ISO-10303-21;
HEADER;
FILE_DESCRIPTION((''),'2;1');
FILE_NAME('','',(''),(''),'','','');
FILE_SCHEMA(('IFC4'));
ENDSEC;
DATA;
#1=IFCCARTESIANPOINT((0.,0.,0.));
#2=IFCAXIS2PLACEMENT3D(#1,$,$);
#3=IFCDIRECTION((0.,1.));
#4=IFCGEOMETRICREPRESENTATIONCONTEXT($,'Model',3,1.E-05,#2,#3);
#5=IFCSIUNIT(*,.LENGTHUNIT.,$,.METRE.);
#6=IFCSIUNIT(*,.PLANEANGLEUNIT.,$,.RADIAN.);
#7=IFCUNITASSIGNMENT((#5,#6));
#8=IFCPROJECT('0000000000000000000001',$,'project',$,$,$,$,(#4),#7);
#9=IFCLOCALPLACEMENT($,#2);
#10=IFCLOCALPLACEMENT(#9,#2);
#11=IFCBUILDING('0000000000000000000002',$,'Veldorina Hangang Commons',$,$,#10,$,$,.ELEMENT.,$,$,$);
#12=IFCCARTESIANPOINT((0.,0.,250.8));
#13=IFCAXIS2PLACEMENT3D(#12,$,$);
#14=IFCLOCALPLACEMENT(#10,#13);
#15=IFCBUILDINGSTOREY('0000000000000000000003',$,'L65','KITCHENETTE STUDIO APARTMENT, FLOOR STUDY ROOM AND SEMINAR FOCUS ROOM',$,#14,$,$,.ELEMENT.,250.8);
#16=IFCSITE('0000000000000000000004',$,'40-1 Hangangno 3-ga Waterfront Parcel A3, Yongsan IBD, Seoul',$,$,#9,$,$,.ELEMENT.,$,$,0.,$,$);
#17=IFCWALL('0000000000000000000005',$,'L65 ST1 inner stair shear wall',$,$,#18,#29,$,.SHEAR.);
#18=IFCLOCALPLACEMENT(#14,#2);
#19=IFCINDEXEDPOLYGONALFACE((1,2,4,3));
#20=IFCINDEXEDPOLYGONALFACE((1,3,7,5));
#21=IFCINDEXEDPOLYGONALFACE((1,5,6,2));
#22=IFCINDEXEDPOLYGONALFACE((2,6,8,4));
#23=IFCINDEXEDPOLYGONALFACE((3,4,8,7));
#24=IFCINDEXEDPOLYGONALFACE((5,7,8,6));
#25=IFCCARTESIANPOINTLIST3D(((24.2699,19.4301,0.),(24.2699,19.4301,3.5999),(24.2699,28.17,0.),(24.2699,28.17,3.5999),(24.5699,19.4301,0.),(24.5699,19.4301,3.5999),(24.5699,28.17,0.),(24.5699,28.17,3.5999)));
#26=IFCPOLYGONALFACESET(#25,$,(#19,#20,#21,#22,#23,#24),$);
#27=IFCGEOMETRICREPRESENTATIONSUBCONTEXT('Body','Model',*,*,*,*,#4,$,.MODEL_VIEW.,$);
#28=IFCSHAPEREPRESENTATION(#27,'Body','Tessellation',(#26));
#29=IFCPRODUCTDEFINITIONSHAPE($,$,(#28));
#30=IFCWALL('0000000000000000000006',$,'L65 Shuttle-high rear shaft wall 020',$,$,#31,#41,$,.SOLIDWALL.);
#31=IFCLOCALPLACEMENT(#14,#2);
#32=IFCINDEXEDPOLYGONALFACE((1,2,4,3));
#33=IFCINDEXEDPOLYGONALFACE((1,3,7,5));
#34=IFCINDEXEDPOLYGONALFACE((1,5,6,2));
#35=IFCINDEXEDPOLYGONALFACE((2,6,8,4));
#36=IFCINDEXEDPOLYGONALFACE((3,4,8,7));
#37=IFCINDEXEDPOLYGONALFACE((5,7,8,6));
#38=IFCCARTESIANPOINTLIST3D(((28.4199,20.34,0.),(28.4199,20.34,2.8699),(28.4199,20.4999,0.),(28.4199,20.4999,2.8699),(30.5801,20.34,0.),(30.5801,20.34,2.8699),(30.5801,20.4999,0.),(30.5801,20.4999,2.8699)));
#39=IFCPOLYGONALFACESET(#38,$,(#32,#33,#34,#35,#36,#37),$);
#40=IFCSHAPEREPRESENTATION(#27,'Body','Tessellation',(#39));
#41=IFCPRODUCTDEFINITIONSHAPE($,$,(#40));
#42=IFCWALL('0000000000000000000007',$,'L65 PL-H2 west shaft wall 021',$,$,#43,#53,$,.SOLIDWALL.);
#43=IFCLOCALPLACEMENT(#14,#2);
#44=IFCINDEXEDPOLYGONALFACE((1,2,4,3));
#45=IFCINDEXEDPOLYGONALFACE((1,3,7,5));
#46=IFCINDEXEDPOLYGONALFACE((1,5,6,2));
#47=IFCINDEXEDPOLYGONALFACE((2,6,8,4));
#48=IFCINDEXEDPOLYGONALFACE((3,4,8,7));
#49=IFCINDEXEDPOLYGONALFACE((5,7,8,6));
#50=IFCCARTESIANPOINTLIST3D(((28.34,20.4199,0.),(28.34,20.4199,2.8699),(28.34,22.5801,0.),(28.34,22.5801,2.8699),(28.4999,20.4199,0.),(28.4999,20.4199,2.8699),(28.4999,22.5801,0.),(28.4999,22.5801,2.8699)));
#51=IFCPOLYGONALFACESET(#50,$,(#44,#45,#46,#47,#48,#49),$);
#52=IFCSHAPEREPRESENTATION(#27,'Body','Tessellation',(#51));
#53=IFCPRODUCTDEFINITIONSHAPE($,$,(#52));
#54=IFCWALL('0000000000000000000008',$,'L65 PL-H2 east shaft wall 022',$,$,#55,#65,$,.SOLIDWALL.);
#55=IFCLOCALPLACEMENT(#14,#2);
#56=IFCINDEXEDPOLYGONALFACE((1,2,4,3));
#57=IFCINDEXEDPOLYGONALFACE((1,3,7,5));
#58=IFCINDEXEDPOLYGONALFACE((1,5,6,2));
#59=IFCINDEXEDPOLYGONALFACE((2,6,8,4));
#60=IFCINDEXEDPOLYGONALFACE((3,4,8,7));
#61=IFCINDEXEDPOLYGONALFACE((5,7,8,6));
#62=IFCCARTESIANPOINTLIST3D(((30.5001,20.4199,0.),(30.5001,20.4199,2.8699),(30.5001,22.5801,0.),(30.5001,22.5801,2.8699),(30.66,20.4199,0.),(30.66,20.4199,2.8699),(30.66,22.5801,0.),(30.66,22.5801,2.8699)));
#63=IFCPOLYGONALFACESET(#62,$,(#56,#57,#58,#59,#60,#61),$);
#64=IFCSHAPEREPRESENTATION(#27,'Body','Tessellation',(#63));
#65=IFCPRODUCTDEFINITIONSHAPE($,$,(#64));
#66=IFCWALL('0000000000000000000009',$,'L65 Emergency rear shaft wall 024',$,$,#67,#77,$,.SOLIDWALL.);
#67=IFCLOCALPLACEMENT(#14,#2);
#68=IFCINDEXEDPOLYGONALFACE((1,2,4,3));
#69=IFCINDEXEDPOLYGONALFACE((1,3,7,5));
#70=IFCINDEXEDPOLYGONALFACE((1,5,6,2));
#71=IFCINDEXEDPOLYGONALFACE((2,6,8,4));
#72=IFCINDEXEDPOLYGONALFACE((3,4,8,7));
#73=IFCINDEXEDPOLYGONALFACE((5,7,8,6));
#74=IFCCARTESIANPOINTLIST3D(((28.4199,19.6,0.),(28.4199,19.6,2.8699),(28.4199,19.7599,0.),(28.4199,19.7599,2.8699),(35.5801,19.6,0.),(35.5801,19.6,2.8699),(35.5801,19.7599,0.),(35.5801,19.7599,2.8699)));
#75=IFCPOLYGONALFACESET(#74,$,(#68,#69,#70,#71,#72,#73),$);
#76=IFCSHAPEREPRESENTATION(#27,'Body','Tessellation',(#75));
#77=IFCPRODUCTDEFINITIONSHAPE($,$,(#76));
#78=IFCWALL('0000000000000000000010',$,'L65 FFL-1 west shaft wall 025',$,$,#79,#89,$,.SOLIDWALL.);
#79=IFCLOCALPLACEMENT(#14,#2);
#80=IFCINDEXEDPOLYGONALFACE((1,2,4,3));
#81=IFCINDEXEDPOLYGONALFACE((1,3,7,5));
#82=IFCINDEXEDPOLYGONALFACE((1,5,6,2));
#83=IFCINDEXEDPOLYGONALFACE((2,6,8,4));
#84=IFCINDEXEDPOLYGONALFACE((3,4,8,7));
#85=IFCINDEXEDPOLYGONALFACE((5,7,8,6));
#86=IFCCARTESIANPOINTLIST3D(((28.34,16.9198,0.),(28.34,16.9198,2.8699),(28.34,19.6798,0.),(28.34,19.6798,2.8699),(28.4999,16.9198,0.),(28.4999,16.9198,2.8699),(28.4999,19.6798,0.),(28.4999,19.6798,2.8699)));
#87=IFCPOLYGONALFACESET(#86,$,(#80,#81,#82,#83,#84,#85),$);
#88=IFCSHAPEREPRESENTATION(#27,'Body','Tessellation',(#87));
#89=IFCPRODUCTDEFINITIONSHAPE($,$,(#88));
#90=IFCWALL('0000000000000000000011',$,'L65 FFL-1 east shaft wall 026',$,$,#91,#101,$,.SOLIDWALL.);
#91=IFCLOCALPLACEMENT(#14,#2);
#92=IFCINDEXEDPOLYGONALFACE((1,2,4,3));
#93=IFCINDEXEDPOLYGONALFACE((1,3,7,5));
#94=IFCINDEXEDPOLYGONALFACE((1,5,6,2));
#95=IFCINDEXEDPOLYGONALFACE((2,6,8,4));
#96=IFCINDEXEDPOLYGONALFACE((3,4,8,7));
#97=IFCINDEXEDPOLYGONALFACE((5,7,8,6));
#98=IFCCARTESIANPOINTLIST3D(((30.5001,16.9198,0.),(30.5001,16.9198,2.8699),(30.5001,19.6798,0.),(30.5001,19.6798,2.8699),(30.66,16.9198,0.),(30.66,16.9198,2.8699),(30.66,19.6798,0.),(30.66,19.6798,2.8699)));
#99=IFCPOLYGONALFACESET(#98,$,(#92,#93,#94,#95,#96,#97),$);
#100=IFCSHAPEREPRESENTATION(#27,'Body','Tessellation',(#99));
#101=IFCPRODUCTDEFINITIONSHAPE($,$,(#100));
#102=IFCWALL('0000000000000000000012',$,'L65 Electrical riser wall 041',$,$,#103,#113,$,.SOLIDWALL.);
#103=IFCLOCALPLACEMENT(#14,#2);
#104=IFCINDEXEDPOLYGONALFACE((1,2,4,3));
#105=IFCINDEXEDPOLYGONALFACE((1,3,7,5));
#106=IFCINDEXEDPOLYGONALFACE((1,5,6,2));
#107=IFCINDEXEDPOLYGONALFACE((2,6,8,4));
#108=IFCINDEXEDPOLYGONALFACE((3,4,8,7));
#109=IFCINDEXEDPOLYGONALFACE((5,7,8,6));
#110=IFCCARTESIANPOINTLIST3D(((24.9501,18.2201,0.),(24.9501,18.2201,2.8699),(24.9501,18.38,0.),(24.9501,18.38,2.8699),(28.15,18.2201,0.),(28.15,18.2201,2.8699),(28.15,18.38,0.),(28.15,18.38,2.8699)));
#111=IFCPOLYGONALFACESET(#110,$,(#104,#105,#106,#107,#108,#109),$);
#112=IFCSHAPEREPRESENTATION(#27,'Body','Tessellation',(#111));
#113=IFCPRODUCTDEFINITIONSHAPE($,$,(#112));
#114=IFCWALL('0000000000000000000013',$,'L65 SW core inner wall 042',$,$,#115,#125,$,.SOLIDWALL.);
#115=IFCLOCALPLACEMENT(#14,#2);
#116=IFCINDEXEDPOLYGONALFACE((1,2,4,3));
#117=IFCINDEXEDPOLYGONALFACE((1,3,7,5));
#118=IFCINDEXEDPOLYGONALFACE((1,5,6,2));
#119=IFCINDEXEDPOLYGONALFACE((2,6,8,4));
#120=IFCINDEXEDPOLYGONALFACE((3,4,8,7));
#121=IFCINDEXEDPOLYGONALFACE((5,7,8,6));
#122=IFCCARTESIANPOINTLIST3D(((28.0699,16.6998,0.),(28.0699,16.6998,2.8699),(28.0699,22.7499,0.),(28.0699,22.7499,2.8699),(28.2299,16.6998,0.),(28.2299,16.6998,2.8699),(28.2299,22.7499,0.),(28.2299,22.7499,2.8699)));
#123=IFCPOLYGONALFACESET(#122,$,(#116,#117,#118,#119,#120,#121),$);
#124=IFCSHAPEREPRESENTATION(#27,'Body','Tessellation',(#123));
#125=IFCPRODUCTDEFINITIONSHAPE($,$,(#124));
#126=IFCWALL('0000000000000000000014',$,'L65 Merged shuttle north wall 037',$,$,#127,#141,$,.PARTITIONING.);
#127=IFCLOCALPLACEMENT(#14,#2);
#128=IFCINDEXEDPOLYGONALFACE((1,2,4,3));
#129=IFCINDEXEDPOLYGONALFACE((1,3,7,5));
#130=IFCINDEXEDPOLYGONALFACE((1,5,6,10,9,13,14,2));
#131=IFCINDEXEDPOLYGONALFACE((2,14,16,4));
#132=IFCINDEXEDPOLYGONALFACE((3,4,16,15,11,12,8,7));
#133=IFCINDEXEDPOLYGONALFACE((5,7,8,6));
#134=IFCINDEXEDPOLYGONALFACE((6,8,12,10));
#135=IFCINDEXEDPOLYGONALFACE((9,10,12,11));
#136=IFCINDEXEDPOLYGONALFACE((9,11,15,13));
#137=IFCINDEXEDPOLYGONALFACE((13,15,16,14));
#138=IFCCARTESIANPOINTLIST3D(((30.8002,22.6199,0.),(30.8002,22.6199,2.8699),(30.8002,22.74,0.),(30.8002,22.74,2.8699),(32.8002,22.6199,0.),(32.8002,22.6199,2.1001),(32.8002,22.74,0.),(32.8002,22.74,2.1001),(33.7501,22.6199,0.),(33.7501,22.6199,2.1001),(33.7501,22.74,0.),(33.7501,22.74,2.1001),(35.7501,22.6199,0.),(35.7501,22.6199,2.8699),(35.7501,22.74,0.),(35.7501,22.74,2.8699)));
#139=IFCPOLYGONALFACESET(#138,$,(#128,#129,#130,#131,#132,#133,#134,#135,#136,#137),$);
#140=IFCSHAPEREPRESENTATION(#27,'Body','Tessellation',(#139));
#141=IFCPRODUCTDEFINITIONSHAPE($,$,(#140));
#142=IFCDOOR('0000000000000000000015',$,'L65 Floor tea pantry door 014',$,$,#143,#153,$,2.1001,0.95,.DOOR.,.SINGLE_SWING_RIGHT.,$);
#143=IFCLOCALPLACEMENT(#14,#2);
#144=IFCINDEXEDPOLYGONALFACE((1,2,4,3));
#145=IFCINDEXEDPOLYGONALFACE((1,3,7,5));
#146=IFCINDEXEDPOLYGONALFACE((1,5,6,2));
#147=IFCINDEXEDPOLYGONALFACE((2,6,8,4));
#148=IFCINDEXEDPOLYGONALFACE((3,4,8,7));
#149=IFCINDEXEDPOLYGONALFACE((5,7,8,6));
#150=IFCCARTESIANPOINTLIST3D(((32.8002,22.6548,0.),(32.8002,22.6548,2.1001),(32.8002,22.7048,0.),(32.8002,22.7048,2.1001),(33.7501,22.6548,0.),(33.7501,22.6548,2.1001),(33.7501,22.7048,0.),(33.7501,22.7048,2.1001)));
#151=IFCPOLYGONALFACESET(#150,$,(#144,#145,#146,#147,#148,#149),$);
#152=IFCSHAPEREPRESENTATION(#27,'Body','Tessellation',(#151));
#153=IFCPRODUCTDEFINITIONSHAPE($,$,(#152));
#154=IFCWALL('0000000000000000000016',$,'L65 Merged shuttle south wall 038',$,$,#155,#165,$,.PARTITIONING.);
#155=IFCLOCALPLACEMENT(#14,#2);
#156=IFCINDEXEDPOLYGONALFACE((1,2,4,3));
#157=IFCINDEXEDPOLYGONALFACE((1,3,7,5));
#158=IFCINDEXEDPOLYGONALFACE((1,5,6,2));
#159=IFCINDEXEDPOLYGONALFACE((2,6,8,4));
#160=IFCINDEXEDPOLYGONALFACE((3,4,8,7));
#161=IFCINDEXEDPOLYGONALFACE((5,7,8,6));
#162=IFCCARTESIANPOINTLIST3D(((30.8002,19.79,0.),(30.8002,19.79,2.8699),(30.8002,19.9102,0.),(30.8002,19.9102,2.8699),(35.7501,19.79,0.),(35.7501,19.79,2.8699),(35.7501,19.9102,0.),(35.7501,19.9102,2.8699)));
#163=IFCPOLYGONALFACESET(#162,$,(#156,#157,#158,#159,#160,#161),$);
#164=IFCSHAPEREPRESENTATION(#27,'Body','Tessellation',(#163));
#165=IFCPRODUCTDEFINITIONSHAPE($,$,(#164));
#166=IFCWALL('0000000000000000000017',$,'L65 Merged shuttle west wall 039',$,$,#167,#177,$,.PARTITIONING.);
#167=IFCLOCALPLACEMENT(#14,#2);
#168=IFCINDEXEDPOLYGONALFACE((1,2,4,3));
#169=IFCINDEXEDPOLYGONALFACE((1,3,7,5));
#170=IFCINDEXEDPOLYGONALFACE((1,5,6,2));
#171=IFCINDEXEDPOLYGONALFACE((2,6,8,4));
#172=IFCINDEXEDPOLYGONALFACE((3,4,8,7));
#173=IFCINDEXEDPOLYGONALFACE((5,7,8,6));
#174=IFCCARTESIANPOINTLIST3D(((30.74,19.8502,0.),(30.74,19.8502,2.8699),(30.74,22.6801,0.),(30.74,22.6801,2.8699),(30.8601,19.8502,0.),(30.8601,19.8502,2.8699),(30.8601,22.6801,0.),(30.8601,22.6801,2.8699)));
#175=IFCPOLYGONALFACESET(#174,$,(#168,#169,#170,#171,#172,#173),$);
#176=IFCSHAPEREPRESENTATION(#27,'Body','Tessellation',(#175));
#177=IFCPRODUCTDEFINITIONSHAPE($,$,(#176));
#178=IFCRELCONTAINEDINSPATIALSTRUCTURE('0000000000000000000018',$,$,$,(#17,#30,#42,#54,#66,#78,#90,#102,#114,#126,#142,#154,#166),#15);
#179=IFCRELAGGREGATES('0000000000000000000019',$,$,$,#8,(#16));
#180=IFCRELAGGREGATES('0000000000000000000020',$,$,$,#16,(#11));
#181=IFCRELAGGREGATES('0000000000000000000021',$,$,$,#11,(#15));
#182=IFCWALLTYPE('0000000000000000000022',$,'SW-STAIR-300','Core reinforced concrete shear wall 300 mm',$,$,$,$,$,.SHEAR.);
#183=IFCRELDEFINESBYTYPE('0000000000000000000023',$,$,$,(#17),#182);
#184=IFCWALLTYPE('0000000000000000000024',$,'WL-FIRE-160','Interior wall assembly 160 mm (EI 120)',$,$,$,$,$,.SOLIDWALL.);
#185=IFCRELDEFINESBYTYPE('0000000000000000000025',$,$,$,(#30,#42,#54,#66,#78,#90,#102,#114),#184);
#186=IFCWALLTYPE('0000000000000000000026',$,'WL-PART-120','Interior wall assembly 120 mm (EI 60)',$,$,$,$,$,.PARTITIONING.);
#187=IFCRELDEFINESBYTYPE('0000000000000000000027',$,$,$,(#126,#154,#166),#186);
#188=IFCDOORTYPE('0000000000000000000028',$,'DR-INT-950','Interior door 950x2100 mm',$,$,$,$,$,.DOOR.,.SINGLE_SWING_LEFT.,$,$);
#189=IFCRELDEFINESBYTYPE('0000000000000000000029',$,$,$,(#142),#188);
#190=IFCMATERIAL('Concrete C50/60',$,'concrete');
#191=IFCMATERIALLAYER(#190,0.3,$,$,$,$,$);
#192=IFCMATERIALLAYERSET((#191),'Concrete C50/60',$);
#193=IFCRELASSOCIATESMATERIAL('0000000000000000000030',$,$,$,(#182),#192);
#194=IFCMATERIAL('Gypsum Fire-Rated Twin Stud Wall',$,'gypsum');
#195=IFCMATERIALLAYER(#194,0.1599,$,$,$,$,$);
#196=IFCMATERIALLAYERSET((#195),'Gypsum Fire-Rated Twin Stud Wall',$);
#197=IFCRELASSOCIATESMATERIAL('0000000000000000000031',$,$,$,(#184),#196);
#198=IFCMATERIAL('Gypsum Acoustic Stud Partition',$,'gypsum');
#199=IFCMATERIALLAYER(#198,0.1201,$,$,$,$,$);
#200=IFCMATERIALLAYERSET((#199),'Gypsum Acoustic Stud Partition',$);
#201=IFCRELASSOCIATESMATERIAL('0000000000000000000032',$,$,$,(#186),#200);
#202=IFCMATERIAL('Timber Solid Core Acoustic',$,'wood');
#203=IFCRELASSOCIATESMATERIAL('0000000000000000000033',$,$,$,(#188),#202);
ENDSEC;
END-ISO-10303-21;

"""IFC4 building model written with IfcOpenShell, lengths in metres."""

from ifc_helpers import new_model, si_unit, direction, frame, frame_2d, origin, place, context, subcontext, project, spatial, rectangle, extrude, material, layer, layer_set, type_object, element, fill, save


model = new_model("IFC4")

# Units and contexts
model_context = context("Model", 3, precision=1e-05, world=origin(), true_north=direction((0.0, 1.0)))
body_context = subcontext(model_context, "Body", "Model", "MODEL_VIEW")
ifc_project = project(units=[si_unit("LENGTHUNIT", "METRE"), si_unit("PLANEANGLEUNIT", "RADIAN")], contexts=[model_context])

# Site, building, storey
site_placement = place(None, origin())
site = spatial("IfcSite", under=ifc_project, at=site_placement, Name="40-1 Hangangno 3-ga Waterfront Parcel A3, Yongsan IBD, Seoul", CompositionType="ELEMENT", RefElevation=0.0)
building_placement = place(site_placement, origin())
building = spatial("IfcBuilding", under=site, at=building_placement, Name="Veldorina Hangang Commons", CompositionType="ELEMENT")
storey_placement = place(building_placement, frame((0.0, 0.0, 250.8)))
storey = spatial("IfcBuildingStorey", under=building, at=storey_placement, Name="L65", Description="KITCHENETTE STUDIO APARTMENT, FLOOR STUDY ROOM AND SEMINAR FOCUS ROOM", CompositionType="ELEMENT", Elevation=250.8)

# Shared definitions
ifc_material_1 = material(Name="Concrete C50/60", Category="concrete")

# Wall
ifc_layer_1 = layer(ifc_material_1, 0.3)
ifc_layer_set_1 = layer_set([ifc_layer_1], Name="Concrete C50/60")
wall_type_1 = type_object("IfcWallType", Name="SW-STAIR-300", Description="Core reinforced concrete shear wall 300 mm", PredefinedType="SHEAR", material=ifc_layer_set_1)
wall_1_placement = place(storey_placement, frame((24.4199, 19.4299, 0.0), z_axis=(0.0, 0.0, 1.0), x_axis=(0.0, 1.0, 0.0)))
element("IfcWall", 1, at=wall_1_placement, inside=storey, type_object=wall_type_1, Name="L65 ST1 inner stair shear wall", PredefinedType="SHEAR", context=body_context, shape_type="SweptSolid", body=[
    extrude(rectangle(XDim=8.74, YDim=0.3, at=frame_2d((4.3701, 0.0))), origin(), (0.0, 0.0, 1.0), 3.5999),
])

# Shared definitions
ifc_material_2 = material(Name="Gypsum Fire-Rated Twin Stud Wall", Category="gypsum")
ifc_layer_2 = layer(ifc_material_2, 0.1599)
ifc_layer_set_2 = layer_set([ifc_layer_2], Name="Gypsum Fire-Rated Twin Stud Wall")
wall_type_2 = type_object("IfcWallType", Name="WL-FIRE-160", Description="Interior wall assembly 160 mm (EI 120)", PredefinedType="SOLIDWALL", material=ifc_layer_set_2)

# Walls
for number, where, z_axis, x_axis, name in (
    (2, (28.4199, 20.4199, 0.0), (0.0, 0.0, 1.0), (1.0, 0.0, 0.0), "L65 Shuttle-high rear shaft wall 020"),
    (3, (28.4199, 20.4199, 0.0), (0.0, 0.0, 1.0), (0.0, 1.0, 0.0), "L65 PL-H2 west shaft wall 021"),
    (4, (30.5801, 20.4199, 0.0), (0.0, 0.0, 1.0), (0.0, 1.0, 0.0), "L65 PL-H2 east shaft wall 022"),
):
    element("IfcWall", number, at=place(storey_placement, frame(where, z_axis=z_axis, x_axis=x_axis)), inside=storey, type_object=wall_type_2, Name=name, PredefinedType="SOLIDWALL", context=body_context, shape_type="SweptSolid", body=[
        extrude(rectangle(XDim=2.1602, YDim=0.1599, at=frame_2d((1.0801, 0.0))), origin(), (0.0, 0.0, 1.0), 2.8699),
    ])

# Walls
wall_2_placement = place(storey_placement, frame((28.4199, 19.6799, 0.0), z_axis=(0.0, 0.0, 1.0), x_axis=(1.0, 0.0, 0.0)))
element("IfcWall", 5, at=wall_2_placement, inside=storey, type_object=wall_type_2, Name="L65 Emergency rear shaft wall 024", PredefinedType="SOLIDWALL", context=body_context, shape_type="SweptSolid", body=[
    extrude(rectangle(XDim=7.1602, YDim=0.1599, at=frame_2d((3.5801, 0.0))), origin(), (0.0, 0.0, 1.0), 2.8699),
])
for number, where, z_axis, x_axis, name in (
    (6, (28.4199, 16.9199, 0.0), (0.0, 0.0, 1.0), (0.0, 1.0, 0.0), "L65 FFL-1 west shaft wall 025"),
    (7, (30.5801, 16.9199, 0.0), (0.0, 0.0, 1.0), (0.0, 1.0, 0.0), "L65 FFL-1 east shaft wall 026"),
):
    element("IfcWall", number, at=place(storey_placement, frame(where, z_axis=z_axis, x_axis=x_axis)), inside=storey, type_object=wall_type_2, Name=name, PredefinedType="SOLIDWALL", context=body_context, shape_type="SweptSolid", body=[
        extrude(rectangle(XDim=2.76, YDim=0.1599, at=frame_2d((1.3799, 0.0))), origin(), (0.0, 0.0, 1.0), 2.8699),
    ])
wall_3_placement = place(storey_placement, frame((24.95, 18.3, 0.0), z_axis=(0.0, 0.0, 1.0), x_axis=(1.0, 0.0, 0.0)))
element("IfcWall", 8, at=wall_3_placement, inside=storey, type_object=wall_type_2, Name="L65 Electrical riser wall 041", PredefinedType="SOLIDWALL", context=body_context, shape_type="SweptSolid", body=[
    extrude(rectangle(XDim=3.2, YDim=0.1599, at=frame_2d((1.6001, 0.0))), origin(), (0.0, 0.0, 1.0), 2.8699),
])
wall_4_placement = place(storey_placement, frame((28.1499, 16.7, 0.0), z_axis=(0.0, 0.0, 1.0), x_axis=(0.0, 1.0, 0.0)))
element("IfcWall", 9, at=wall_4_placement, inside=storey, type_object=wall_type_2, Name="L65 SW core inner wall 042", PredefinedType="SOLIDWALL", context=body_context, shape_type="SweptSolid", body=[
    extrude(rectangle(XDim=6.05, YDim=0.1599, at=frame_2d((3.0249, 0.0))), origin(), (0.0, 0.0, 1.0), 2.8699),
])

# Wall, opening, door
ifc_material_3 = material(Name="Gypsum Acoustic Stud Partition", Category="gypsum")
ifc_layer_3 = layer(ifc_material_3, 0.1201)
ifc_layer_set_3 = layer_set([ifc_layer_3], Name="Gypsum Acoustic Stud Partition")
wall_type_3 = type_object("IfcWallType", Name="WL-PART-120", Description="Interior wall assembly 120 mm (EI 60)", PredefinedType="PARTITIONING", material=ifc_layer_set_3)
wall_5_placement = place(storey_placement, frame((30.8, 22.6799, 0.0), z_axis=(0.0, 0.0, 1.0), x_axis=(1.0, 0.0, 0.0)))
wall_5 = element("IfcWall", 10, at=wall_5_placement, inside=storey, type_object=wall_type_3, Name="L65 Merged shuttle north wall 037", PredefinedType="PARTITIONING", context=body_context, shape_type="SweptSolid", body=[
    extrude(rectangle(XDim=4.95, YDim=0.1201, at=frame_2d((2.4751, 0.0))), origin(), (0.0, 0.0, 1.0), 2.8699),
])
opening_1_placement = place(wall_5_placement, frame((2.0, 0.0, 0.0)))
opening_1 = element("IfcOpeningElement", 11, at=opening_1_placement, cuts=wall_5, PredefinedType="OPENING", context=body_context, shape_type="SweptSolid", body=[
    extrude(rectangle(XDim=0.95, YDim=2.1001, at=frame_2d((0.4751, 1.05))), frame((0.0, 0.0701, 0.0), z_axis=(0.0, -1.0, 0.0), x_axis=(1.0, 0.0, 0.0)), (0.0, 0.0, 1.0), 0.1401),
])
ifc_material_4 = material(Name="Timber Solid Core Acoustic", Category="wood")
door_type_1 = type_object("IfcDoorType", Name="DR-INT-950", Description="Interior door 950x2100 mm", OperationType="SINGLE_SWING_LEFT", PredefinedType="DOOR", material=ifc_material_4)
door_1_placement = place(opening_1_placement, origin())
door_1 = element("IfcDoor", 12, at=door_1_placement, inside=storey, type_object=door_type_1, Name="L65 Floor tea pantry door 014", OperationType="SINGLE_SWING_RIGHT", OverallHeight=2.1001, OverallWidth=0.95, PredefinedType="DOOR", context=body_context, shape_type="SweptSolid", body=[
    extrude(rectangle(XDim=0.95, YDim=2.1001, at=frame_2d((0.4751, 1.05))), frame((0.0, 0.0249, 0.0), z_axis=(0.0, -1.0, 0.0), x_axis=(1.0, 0.0, 0.0)), (0.0, 0.0, 1.0), 0.05),
])
fill(opening_1, door_1)

# Walls
wall_6_placement = place(storey_placement, frame((30.8, 19.8501, 0.0), z_axis=(0.0, 0.0, 1.0), x_axis=(1.0, 0.0, 0.0)))
element("IfcWall", 13, at=wall_6_placement, inside=storey, type_object=wall_type_3, Name="L65 Merged shuttle south wall 038", PredefinedType="PARTITIONING", context=body_context, shape_type="SweptSolid", body=[
    extrude(rectangle(XDim=4.95, YDim=0.1201, at=frame_2d((2.4751, 0.0))), origin(), (0.0, 0.0, 1.0), 2.8699),
])
wall_7_placement = place(storey_placement, frame((30.8, 19.8501, 0.0), z_axis=(0.0, 0.0, 1.0), x_axis=(0.0, 1.0, 0.0)))
element("IfcWall", 14, at=wall_7_placement, inside=storey, type_object=wall_type_3, Name="L65 Merged shuttle west wall 039", PredefinedType="PARTITIONING", context=body_context, shape_type="SweptSolid", body=[
    extrude(rectangle(XDim=2.8298, YDim=0.1201, at=frame_2d((1.415, 0.0))), origin(), (0.0, 0.0, 1.0), 2.8699),
])

save(model, "model.ifc")
